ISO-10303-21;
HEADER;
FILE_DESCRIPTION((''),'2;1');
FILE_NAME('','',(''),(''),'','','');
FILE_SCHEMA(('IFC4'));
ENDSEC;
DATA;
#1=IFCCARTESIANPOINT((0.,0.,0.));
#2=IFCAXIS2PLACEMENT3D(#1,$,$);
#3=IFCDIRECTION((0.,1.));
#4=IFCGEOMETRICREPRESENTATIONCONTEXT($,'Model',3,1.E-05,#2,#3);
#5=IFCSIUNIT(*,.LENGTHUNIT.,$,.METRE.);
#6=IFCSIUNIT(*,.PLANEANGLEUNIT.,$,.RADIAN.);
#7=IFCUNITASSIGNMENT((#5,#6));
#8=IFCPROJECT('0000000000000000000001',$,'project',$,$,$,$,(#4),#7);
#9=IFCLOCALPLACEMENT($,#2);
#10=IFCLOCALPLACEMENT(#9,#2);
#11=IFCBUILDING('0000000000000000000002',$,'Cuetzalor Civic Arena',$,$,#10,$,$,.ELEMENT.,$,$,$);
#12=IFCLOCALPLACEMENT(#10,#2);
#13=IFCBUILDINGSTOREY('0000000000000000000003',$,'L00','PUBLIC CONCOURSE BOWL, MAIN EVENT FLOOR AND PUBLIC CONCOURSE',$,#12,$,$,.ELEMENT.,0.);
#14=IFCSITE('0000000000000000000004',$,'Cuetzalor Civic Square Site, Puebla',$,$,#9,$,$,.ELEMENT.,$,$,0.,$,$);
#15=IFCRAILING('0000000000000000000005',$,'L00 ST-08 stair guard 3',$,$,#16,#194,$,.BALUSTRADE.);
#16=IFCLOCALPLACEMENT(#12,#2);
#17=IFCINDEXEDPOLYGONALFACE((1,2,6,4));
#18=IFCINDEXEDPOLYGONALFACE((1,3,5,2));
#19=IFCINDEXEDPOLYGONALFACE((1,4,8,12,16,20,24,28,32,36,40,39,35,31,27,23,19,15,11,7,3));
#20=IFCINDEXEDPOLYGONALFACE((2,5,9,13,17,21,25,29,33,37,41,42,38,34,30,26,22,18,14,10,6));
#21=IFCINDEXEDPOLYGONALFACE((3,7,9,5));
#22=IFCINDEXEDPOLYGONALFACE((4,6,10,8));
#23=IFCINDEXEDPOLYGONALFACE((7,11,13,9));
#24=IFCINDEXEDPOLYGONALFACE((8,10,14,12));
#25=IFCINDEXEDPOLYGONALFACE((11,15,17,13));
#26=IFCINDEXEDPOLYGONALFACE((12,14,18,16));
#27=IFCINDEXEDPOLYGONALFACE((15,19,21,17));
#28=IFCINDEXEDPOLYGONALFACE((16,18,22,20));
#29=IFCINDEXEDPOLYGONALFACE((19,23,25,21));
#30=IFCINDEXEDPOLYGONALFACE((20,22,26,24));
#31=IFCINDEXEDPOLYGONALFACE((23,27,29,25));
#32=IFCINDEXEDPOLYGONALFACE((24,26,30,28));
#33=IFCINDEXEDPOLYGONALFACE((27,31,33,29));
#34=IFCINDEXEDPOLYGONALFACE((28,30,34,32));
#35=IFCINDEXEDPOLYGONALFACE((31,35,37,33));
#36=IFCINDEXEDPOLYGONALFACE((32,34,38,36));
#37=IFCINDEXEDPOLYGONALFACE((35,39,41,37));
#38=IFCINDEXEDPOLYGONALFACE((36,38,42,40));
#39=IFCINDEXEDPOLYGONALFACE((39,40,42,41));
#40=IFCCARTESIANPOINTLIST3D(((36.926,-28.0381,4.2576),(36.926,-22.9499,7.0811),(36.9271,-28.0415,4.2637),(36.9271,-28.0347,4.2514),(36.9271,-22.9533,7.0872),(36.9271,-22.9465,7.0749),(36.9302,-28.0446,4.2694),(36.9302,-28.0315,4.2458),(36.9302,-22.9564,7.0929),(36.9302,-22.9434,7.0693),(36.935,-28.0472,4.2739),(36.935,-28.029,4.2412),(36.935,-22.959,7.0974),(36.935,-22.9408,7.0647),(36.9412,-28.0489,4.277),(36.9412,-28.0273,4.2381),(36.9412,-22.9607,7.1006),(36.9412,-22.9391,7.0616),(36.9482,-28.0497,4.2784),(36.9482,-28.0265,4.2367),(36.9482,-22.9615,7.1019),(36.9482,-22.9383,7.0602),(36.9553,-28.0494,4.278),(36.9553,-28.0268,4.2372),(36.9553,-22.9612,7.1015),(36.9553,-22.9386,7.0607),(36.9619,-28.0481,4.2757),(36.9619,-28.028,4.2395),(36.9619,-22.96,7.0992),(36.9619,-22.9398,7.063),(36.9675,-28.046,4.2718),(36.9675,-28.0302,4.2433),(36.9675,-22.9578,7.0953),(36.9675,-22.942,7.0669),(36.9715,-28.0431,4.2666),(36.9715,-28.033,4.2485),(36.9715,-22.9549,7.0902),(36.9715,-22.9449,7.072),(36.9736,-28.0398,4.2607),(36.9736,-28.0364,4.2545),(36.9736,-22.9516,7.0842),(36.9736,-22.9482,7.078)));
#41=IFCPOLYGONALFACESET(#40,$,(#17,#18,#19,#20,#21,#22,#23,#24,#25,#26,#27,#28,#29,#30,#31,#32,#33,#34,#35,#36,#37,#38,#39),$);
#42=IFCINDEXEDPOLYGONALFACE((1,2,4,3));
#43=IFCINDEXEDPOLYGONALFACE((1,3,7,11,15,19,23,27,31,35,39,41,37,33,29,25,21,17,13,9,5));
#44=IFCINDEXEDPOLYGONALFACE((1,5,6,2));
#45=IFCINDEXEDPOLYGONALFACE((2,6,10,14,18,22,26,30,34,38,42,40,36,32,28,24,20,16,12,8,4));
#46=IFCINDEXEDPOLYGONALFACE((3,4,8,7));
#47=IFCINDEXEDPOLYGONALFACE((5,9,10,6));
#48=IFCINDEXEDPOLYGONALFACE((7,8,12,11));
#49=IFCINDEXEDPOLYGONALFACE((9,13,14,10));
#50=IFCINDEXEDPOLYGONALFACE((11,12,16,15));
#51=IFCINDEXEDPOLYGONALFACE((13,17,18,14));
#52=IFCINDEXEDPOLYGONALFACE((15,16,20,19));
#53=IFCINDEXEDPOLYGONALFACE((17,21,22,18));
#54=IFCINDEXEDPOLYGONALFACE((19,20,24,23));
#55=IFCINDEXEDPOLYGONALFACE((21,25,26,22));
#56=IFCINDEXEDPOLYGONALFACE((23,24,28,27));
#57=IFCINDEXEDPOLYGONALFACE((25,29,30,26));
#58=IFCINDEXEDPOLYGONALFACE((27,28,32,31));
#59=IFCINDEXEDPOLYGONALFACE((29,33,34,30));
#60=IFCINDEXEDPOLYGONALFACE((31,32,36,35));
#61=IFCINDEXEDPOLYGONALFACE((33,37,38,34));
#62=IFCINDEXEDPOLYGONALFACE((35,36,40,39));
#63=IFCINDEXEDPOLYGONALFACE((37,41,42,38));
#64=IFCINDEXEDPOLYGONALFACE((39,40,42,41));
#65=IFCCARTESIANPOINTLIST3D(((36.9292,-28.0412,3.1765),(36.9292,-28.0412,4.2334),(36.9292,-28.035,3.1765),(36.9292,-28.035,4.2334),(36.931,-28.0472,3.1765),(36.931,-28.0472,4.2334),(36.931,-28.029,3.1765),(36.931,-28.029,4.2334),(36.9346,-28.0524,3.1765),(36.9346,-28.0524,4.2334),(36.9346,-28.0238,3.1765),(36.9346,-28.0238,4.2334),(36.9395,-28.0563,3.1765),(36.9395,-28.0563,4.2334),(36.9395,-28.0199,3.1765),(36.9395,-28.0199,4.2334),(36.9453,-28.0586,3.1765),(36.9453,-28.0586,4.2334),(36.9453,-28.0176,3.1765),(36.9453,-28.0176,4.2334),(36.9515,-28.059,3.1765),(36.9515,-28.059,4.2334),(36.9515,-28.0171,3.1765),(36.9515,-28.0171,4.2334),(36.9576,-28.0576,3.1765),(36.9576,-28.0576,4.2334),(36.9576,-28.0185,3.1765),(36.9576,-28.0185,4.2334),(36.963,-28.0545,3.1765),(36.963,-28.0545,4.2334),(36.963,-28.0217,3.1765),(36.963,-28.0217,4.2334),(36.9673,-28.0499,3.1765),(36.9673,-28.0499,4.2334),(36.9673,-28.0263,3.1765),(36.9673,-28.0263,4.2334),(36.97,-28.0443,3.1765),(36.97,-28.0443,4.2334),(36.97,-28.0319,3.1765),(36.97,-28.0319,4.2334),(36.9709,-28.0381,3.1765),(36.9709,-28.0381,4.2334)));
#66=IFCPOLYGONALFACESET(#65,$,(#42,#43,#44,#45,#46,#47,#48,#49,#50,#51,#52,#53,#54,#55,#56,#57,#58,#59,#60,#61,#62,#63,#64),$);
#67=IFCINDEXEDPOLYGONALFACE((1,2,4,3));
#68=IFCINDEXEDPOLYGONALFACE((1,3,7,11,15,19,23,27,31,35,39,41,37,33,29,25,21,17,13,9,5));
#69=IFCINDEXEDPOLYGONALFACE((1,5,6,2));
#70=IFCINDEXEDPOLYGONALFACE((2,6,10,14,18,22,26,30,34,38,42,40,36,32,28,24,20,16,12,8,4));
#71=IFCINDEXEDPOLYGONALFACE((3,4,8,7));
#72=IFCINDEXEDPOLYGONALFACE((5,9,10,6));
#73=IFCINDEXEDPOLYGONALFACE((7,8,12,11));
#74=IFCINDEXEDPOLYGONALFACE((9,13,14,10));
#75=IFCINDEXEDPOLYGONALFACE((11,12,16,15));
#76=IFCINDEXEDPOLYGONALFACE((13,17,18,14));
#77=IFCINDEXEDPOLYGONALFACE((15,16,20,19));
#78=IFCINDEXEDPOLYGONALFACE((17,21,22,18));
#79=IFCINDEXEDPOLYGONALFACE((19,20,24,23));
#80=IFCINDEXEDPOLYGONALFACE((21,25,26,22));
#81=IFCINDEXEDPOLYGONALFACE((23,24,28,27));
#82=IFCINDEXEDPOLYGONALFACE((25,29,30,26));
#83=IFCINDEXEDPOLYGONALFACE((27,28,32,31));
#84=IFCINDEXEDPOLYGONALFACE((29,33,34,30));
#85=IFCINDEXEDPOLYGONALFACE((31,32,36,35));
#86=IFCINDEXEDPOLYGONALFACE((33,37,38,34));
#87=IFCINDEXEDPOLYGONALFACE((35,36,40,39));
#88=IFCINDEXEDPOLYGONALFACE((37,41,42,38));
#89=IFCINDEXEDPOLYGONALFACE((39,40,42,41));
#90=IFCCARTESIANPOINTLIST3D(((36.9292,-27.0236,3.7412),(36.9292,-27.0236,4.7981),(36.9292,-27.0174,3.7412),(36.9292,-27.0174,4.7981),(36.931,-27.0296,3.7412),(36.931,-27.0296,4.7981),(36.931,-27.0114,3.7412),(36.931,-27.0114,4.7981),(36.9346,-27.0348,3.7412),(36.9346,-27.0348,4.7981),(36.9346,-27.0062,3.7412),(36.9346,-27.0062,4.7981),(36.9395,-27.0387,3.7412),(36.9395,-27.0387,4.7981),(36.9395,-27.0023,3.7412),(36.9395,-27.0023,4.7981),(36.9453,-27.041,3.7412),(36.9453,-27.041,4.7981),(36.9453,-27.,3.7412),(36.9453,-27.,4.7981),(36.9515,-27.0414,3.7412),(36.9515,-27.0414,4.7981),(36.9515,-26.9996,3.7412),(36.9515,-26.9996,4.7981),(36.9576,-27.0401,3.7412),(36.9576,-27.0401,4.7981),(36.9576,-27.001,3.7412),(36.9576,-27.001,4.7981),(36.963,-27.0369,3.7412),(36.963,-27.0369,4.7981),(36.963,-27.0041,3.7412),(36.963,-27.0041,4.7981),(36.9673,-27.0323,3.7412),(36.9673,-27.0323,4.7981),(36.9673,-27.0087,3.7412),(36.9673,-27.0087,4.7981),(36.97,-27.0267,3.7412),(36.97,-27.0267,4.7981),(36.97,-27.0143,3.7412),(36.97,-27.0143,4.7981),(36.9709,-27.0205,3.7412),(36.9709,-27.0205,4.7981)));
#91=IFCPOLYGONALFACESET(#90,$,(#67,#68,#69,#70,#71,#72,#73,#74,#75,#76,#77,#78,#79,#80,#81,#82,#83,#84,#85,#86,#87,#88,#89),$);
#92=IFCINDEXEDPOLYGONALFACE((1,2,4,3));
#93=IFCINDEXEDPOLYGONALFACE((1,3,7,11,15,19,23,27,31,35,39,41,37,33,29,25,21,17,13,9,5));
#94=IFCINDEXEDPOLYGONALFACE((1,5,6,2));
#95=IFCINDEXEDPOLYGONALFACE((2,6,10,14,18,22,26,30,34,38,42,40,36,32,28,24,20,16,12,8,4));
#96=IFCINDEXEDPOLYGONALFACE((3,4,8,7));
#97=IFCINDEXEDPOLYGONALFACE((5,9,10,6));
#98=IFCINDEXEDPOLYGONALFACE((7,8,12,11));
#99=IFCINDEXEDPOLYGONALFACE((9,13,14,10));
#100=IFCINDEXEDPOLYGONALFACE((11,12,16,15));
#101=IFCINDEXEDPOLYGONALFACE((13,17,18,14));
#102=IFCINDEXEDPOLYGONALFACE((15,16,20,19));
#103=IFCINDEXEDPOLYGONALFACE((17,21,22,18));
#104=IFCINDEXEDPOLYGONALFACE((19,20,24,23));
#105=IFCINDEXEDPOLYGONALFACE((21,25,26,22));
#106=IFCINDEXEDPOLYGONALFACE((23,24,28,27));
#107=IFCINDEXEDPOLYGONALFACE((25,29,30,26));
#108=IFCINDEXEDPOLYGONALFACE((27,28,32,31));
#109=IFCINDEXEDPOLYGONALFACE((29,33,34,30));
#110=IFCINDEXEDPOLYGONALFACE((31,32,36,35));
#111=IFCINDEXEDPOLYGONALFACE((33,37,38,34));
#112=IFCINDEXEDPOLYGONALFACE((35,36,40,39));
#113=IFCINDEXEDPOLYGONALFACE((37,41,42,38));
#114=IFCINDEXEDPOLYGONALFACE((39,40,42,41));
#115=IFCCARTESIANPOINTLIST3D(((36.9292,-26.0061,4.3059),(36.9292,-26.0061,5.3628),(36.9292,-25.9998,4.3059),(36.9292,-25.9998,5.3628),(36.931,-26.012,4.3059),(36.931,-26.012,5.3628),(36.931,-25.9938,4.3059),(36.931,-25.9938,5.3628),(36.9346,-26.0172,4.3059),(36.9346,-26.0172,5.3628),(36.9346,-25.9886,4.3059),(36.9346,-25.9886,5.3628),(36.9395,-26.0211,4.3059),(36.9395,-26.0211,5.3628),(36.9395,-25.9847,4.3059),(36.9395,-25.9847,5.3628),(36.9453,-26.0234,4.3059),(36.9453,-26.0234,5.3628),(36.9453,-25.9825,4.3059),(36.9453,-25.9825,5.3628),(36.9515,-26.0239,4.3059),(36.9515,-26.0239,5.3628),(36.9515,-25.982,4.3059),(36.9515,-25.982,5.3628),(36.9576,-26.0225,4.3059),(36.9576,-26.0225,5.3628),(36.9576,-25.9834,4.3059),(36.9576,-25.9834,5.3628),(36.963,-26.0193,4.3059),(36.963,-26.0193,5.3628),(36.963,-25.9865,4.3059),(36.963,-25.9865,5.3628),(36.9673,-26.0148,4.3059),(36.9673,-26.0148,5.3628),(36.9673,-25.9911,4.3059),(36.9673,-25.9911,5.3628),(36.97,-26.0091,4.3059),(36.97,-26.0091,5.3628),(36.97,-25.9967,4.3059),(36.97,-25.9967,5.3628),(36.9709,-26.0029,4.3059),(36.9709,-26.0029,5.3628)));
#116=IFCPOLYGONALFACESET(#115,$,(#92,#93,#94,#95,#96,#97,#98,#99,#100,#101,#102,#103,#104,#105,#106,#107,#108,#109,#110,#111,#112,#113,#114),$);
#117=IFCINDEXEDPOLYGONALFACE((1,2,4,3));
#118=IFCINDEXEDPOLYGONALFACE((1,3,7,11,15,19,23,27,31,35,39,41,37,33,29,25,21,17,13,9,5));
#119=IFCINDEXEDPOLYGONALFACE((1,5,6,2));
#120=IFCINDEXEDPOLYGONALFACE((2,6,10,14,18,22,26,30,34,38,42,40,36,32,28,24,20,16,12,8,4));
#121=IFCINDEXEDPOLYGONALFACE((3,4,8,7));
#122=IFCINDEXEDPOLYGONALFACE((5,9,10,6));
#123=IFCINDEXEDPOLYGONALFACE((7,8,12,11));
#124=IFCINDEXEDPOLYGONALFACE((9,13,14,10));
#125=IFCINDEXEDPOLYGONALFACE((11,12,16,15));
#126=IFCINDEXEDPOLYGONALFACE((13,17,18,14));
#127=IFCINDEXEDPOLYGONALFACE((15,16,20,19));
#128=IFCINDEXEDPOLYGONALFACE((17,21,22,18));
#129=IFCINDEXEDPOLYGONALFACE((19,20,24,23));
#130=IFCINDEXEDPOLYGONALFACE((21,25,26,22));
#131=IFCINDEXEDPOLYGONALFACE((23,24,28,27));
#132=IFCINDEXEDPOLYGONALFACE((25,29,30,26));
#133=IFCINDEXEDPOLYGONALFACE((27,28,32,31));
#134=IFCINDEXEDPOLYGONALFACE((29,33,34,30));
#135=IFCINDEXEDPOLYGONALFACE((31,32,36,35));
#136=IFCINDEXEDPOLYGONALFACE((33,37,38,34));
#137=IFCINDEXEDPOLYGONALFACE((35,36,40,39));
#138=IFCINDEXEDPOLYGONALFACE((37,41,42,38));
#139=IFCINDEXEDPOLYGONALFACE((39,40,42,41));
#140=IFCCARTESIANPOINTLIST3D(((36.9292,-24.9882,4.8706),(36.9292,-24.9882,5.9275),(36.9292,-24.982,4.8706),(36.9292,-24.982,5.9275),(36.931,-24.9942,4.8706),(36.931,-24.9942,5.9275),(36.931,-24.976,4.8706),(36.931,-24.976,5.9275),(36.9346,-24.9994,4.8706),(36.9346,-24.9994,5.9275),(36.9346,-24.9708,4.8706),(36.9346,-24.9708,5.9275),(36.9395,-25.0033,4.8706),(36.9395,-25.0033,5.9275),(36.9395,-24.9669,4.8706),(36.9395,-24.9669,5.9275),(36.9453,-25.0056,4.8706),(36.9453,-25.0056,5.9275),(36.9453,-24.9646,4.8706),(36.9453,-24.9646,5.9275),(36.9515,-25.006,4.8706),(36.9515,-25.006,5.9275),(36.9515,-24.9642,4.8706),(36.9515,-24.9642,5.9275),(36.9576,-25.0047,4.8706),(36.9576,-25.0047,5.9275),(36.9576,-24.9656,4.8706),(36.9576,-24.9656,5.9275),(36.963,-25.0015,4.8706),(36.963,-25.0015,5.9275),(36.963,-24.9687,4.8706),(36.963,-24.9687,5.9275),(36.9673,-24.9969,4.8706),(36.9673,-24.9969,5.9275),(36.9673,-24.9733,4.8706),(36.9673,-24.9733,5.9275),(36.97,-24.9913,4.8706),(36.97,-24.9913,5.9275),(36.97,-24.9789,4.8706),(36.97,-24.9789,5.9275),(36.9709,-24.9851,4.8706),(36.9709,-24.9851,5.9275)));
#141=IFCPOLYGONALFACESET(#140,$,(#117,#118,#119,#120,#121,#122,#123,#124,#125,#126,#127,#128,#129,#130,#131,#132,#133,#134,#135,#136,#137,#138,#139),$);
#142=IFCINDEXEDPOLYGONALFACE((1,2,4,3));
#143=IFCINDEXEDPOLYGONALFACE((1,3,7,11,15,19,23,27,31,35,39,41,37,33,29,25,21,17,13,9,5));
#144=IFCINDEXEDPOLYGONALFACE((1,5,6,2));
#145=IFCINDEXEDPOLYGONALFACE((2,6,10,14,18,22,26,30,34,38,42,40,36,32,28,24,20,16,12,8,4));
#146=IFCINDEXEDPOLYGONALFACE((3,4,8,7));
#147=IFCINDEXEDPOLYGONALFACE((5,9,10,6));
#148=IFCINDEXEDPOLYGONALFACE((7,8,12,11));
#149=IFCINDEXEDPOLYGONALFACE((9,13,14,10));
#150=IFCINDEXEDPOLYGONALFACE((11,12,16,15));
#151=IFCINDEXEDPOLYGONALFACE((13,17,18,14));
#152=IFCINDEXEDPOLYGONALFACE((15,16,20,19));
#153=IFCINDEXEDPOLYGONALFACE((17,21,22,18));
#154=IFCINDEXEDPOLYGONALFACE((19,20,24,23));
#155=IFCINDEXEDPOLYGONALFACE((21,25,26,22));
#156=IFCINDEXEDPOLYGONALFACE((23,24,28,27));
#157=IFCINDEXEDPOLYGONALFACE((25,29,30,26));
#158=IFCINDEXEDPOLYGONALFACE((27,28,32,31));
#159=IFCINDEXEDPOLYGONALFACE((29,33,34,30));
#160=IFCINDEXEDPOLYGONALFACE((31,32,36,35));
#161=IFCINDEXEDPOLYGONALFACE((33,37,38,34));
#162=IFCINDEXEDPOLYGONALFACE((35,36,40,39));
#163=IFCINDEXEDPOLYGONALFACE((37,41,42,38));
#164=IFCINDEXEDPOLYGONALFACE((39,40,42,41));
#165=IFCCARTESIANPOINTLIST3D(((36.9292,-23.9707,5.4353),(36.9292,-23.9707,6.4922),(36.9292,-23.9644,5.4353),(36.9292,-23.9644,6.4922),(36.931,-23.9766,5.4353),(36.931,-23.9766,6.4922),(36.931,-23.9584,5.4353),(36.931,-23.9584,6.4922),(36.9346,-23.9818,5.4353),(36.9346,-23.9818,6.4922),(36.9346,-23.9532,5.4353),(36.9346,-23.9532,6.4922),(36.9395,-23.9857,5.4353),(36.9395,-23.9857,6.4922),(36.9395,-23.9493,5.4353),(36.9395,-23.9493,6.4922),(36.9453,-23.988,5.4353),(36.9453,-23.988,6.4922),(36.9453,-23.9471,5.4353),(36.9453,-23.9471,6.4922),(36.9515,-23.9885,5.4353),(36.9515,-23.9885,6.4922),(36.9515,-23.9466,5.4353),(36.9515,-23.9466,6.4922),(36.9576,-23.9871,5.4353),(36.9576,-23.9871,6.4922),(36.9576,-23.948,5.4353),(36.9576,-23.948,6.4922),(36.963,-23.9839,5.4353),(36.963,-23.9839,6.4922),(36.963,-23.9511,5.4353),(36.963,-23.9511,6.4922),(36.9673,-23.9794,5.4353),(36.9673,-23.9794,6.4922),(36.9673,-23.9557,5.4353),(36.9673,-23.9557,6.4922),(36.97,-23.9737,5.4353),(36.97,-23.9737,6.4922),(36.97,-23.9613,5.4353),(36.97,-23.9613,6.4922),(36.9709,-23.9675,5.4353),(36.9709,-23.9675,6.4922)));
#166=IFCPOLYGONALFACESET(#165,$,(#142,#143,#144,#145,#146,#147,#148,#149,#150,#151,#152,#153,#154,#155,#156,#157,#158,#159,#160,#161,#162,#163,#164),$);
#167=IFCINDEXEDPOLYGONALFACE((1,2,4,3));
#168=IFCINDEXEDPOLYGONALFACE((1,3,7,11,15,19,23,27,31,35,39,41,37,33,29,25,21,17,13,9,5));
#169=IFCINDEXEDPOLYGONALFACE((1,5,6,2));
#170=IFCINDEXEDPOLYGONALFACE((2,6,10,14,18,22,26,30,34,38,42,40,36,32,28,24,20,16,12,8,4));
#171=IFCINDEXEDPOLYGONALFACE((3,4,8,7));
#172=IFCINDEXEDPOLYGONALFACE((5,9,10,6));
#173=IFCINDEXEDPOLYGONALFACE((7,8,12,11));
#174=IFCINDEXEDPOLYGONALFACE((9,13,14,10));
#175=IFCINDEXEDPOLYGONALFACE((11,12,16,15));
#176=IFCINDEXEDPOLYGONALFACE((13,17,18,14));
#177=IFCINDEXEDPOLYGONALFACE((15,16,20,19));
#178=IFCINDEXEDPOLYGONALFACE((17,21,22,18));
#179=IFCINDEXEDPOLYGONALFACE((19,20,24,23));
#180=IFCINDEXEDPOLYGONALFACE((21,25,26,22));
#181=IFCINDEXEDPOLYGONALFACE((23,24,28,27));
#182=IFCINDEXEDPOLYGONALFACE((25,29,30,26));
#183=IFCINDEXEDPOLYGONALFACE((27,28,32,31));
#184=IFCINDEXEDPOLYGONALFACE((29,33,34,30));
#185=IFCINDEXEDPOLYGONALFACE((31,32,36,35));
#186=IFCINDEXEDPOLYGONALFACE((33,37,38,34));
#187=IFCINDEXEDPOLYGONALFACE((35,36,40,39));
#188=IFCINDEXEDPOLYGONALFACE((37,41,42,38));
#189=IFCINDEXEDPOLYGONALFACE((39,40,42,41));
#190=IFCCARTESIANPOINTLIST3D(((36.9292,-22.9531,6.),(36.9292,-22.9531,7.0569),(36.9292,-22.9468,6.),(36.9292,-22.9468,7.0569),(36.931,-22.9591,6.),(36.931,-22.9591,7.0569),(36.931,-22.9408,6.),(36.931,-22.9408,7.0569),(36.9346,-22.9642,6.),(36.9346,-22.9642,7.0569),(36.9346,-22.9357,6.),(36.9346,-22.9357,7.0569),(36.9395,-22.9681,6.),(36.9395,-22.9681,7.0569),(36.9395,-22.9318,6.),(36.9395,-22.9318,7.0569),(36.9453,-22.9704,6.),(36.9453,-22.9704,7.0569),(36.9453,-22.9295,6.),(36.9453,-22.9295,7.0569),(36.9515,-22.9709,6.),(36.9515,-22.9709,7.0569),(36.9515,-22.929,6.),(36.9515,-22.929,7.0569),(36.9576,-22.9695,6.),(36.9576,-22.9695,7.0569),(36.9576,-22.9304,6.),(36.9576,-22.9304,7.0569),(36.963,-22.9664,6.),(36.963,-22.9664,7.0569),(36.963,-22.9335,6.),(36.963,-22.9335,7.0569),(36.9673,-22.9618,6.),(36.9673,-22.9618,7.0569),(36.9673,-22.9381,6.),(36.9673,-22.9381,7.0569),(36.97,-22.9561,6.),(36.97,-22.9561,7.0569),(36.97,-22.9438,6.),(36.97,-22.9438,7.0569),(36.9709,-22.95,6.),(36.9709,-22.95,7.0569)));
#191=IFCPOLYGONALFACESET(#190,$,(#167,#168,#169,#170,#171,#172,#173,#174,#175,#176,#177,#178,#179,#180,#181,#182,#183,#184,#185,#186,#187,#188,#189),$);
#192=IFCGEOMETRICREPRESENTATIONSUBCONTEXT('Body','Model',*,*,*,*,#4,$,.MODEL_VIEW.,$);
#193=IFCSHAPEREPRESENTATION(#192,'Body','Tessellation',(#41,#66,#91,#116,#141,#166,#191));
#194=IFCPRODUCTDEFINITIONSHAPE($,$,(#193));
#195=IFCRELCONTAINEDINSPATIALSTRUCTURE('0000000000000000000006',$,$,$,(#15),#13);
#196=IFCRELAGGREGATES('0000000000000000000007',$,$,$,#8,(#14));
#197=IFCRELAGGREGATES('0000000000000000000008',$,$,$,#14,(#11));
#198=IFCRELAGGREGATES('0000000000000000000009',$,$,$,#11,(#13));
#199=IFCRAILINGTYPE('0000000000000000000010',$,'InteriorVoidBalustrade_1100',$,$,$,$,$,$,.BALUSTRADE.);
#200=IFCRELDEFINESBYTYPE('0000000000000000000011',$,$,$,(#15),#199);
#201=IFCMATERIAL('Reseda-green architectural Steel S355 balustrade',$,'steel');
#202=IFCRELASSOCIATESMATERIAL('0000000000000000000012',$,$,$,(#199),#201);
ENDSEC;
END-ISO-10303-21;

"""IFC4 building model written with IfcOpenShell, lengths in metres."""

from ifc_helpers import new_model, si_unit, direction, frame, origin, origin_2d, place, context, subcontext, project, spatial, circle, extrude, material, type_object, element, save


model = new_model("IFC4")

# Units and contexts
model_context = context("Model", 3, precision=1e-05, world=origin(), true_north=direction((0.0, 1.0)))
body_context = subcontext(model_context, "Body", "Model", "MODEL_VIEW")
ifc_project = project(units=[si_unit("LENGTHUNIT", "METRE"), si_unit("PLANEANGLEUNIT", "RADIAN")], contexts=[model_context])

# Site, building, storey
site_placement = place(None, origin())
site = spatial("IfcSite", under=ifc_project, at=site_placement, Name="Cuetzalor Civic Square Site, Puebla", CompositionType="ELEMENT", RefElevation=0.0)
building_placement = place(site_placement, origin())
building = spatial("IfcBuilding", under=site, at=building_placement, Name="Cuetzalor Civic Arena", CompositionType="ELEMENT")
storey_placement = place(building_placement, origin())
storey = spatial("IfcBuildingStorey", under=building, at=storey_placement, Name="L00", Description="PUBLIC CONCOURSE BOWL, MAIN EVENT FLOOR AND PUBLIC CONCOURSE", CompositionType="ELEMENT", Elevation=0.0)

# Railing
ifc_material_1 = material(Name="Reseda-green architectural Steel S355 balustrade", Category="steel")
railing_type_1 = type_object("IfcRailingType", Name="InteriorVoidBalustrade_1100", PredefinedType="BALUSTRADE", material=ifc_material_1)
railing_1_placement = place(storey_placement, frame((36.95, -28.0381, 3.1765)))
element("IfcRailing", 1, at=railing_1_placement, inside=storey, type_object=railing_type_1, Name="L00 ST-08 stair guard 3", PredefinedType="BALUSTRADE", context=body_context, shape_type="SweptSolid", body=[
    extrude(circle(Radius=0.0239, at=origin_2d()), frame((0.0, 0.0, 1.0811), z_axis=(0.0, 0.874395, 0.485215), x_axis=(-1.0, 0.0, 0.0)), (0.0, 0.0, 1.0), 5.8191),
    extrude(circle(Radius=0.021, at=origin_2d()), origin(), (0.0, 0.0, 1.0), 1.0569),
    extrude(circle(Radius=0.021, at=origin_2d()), frame((0.0, 1.0176, 0.5647)), (0.0, 0.0, 1.0), 1.0569),
    extrude(circle(Radius=0.021, at=origin_2d()), frame((0.0, 2.0352, 1.1294)), (0.0, 0.0, 1.0), 1.0569),
    extrude(circle(Radius=0.021, at=origin_2d()), frame((0.0, 3.053, 1.6941)), (0.0, 0.0, 1.0), 1.0569),
    extrude(circle(Radius=0.021, at=origin_2d()), frame((0.0, 4.0706, 2.2588)), (0.0, 0.0, 1.0), 1.0569),
    extrude(circle(Radius=0.021, at=origin_2d()), frame((0.0, 5.0881, 2.8235)), (0.0, 0.0, 1.0), 1.0569),
])

save(model, "model.ifc")
